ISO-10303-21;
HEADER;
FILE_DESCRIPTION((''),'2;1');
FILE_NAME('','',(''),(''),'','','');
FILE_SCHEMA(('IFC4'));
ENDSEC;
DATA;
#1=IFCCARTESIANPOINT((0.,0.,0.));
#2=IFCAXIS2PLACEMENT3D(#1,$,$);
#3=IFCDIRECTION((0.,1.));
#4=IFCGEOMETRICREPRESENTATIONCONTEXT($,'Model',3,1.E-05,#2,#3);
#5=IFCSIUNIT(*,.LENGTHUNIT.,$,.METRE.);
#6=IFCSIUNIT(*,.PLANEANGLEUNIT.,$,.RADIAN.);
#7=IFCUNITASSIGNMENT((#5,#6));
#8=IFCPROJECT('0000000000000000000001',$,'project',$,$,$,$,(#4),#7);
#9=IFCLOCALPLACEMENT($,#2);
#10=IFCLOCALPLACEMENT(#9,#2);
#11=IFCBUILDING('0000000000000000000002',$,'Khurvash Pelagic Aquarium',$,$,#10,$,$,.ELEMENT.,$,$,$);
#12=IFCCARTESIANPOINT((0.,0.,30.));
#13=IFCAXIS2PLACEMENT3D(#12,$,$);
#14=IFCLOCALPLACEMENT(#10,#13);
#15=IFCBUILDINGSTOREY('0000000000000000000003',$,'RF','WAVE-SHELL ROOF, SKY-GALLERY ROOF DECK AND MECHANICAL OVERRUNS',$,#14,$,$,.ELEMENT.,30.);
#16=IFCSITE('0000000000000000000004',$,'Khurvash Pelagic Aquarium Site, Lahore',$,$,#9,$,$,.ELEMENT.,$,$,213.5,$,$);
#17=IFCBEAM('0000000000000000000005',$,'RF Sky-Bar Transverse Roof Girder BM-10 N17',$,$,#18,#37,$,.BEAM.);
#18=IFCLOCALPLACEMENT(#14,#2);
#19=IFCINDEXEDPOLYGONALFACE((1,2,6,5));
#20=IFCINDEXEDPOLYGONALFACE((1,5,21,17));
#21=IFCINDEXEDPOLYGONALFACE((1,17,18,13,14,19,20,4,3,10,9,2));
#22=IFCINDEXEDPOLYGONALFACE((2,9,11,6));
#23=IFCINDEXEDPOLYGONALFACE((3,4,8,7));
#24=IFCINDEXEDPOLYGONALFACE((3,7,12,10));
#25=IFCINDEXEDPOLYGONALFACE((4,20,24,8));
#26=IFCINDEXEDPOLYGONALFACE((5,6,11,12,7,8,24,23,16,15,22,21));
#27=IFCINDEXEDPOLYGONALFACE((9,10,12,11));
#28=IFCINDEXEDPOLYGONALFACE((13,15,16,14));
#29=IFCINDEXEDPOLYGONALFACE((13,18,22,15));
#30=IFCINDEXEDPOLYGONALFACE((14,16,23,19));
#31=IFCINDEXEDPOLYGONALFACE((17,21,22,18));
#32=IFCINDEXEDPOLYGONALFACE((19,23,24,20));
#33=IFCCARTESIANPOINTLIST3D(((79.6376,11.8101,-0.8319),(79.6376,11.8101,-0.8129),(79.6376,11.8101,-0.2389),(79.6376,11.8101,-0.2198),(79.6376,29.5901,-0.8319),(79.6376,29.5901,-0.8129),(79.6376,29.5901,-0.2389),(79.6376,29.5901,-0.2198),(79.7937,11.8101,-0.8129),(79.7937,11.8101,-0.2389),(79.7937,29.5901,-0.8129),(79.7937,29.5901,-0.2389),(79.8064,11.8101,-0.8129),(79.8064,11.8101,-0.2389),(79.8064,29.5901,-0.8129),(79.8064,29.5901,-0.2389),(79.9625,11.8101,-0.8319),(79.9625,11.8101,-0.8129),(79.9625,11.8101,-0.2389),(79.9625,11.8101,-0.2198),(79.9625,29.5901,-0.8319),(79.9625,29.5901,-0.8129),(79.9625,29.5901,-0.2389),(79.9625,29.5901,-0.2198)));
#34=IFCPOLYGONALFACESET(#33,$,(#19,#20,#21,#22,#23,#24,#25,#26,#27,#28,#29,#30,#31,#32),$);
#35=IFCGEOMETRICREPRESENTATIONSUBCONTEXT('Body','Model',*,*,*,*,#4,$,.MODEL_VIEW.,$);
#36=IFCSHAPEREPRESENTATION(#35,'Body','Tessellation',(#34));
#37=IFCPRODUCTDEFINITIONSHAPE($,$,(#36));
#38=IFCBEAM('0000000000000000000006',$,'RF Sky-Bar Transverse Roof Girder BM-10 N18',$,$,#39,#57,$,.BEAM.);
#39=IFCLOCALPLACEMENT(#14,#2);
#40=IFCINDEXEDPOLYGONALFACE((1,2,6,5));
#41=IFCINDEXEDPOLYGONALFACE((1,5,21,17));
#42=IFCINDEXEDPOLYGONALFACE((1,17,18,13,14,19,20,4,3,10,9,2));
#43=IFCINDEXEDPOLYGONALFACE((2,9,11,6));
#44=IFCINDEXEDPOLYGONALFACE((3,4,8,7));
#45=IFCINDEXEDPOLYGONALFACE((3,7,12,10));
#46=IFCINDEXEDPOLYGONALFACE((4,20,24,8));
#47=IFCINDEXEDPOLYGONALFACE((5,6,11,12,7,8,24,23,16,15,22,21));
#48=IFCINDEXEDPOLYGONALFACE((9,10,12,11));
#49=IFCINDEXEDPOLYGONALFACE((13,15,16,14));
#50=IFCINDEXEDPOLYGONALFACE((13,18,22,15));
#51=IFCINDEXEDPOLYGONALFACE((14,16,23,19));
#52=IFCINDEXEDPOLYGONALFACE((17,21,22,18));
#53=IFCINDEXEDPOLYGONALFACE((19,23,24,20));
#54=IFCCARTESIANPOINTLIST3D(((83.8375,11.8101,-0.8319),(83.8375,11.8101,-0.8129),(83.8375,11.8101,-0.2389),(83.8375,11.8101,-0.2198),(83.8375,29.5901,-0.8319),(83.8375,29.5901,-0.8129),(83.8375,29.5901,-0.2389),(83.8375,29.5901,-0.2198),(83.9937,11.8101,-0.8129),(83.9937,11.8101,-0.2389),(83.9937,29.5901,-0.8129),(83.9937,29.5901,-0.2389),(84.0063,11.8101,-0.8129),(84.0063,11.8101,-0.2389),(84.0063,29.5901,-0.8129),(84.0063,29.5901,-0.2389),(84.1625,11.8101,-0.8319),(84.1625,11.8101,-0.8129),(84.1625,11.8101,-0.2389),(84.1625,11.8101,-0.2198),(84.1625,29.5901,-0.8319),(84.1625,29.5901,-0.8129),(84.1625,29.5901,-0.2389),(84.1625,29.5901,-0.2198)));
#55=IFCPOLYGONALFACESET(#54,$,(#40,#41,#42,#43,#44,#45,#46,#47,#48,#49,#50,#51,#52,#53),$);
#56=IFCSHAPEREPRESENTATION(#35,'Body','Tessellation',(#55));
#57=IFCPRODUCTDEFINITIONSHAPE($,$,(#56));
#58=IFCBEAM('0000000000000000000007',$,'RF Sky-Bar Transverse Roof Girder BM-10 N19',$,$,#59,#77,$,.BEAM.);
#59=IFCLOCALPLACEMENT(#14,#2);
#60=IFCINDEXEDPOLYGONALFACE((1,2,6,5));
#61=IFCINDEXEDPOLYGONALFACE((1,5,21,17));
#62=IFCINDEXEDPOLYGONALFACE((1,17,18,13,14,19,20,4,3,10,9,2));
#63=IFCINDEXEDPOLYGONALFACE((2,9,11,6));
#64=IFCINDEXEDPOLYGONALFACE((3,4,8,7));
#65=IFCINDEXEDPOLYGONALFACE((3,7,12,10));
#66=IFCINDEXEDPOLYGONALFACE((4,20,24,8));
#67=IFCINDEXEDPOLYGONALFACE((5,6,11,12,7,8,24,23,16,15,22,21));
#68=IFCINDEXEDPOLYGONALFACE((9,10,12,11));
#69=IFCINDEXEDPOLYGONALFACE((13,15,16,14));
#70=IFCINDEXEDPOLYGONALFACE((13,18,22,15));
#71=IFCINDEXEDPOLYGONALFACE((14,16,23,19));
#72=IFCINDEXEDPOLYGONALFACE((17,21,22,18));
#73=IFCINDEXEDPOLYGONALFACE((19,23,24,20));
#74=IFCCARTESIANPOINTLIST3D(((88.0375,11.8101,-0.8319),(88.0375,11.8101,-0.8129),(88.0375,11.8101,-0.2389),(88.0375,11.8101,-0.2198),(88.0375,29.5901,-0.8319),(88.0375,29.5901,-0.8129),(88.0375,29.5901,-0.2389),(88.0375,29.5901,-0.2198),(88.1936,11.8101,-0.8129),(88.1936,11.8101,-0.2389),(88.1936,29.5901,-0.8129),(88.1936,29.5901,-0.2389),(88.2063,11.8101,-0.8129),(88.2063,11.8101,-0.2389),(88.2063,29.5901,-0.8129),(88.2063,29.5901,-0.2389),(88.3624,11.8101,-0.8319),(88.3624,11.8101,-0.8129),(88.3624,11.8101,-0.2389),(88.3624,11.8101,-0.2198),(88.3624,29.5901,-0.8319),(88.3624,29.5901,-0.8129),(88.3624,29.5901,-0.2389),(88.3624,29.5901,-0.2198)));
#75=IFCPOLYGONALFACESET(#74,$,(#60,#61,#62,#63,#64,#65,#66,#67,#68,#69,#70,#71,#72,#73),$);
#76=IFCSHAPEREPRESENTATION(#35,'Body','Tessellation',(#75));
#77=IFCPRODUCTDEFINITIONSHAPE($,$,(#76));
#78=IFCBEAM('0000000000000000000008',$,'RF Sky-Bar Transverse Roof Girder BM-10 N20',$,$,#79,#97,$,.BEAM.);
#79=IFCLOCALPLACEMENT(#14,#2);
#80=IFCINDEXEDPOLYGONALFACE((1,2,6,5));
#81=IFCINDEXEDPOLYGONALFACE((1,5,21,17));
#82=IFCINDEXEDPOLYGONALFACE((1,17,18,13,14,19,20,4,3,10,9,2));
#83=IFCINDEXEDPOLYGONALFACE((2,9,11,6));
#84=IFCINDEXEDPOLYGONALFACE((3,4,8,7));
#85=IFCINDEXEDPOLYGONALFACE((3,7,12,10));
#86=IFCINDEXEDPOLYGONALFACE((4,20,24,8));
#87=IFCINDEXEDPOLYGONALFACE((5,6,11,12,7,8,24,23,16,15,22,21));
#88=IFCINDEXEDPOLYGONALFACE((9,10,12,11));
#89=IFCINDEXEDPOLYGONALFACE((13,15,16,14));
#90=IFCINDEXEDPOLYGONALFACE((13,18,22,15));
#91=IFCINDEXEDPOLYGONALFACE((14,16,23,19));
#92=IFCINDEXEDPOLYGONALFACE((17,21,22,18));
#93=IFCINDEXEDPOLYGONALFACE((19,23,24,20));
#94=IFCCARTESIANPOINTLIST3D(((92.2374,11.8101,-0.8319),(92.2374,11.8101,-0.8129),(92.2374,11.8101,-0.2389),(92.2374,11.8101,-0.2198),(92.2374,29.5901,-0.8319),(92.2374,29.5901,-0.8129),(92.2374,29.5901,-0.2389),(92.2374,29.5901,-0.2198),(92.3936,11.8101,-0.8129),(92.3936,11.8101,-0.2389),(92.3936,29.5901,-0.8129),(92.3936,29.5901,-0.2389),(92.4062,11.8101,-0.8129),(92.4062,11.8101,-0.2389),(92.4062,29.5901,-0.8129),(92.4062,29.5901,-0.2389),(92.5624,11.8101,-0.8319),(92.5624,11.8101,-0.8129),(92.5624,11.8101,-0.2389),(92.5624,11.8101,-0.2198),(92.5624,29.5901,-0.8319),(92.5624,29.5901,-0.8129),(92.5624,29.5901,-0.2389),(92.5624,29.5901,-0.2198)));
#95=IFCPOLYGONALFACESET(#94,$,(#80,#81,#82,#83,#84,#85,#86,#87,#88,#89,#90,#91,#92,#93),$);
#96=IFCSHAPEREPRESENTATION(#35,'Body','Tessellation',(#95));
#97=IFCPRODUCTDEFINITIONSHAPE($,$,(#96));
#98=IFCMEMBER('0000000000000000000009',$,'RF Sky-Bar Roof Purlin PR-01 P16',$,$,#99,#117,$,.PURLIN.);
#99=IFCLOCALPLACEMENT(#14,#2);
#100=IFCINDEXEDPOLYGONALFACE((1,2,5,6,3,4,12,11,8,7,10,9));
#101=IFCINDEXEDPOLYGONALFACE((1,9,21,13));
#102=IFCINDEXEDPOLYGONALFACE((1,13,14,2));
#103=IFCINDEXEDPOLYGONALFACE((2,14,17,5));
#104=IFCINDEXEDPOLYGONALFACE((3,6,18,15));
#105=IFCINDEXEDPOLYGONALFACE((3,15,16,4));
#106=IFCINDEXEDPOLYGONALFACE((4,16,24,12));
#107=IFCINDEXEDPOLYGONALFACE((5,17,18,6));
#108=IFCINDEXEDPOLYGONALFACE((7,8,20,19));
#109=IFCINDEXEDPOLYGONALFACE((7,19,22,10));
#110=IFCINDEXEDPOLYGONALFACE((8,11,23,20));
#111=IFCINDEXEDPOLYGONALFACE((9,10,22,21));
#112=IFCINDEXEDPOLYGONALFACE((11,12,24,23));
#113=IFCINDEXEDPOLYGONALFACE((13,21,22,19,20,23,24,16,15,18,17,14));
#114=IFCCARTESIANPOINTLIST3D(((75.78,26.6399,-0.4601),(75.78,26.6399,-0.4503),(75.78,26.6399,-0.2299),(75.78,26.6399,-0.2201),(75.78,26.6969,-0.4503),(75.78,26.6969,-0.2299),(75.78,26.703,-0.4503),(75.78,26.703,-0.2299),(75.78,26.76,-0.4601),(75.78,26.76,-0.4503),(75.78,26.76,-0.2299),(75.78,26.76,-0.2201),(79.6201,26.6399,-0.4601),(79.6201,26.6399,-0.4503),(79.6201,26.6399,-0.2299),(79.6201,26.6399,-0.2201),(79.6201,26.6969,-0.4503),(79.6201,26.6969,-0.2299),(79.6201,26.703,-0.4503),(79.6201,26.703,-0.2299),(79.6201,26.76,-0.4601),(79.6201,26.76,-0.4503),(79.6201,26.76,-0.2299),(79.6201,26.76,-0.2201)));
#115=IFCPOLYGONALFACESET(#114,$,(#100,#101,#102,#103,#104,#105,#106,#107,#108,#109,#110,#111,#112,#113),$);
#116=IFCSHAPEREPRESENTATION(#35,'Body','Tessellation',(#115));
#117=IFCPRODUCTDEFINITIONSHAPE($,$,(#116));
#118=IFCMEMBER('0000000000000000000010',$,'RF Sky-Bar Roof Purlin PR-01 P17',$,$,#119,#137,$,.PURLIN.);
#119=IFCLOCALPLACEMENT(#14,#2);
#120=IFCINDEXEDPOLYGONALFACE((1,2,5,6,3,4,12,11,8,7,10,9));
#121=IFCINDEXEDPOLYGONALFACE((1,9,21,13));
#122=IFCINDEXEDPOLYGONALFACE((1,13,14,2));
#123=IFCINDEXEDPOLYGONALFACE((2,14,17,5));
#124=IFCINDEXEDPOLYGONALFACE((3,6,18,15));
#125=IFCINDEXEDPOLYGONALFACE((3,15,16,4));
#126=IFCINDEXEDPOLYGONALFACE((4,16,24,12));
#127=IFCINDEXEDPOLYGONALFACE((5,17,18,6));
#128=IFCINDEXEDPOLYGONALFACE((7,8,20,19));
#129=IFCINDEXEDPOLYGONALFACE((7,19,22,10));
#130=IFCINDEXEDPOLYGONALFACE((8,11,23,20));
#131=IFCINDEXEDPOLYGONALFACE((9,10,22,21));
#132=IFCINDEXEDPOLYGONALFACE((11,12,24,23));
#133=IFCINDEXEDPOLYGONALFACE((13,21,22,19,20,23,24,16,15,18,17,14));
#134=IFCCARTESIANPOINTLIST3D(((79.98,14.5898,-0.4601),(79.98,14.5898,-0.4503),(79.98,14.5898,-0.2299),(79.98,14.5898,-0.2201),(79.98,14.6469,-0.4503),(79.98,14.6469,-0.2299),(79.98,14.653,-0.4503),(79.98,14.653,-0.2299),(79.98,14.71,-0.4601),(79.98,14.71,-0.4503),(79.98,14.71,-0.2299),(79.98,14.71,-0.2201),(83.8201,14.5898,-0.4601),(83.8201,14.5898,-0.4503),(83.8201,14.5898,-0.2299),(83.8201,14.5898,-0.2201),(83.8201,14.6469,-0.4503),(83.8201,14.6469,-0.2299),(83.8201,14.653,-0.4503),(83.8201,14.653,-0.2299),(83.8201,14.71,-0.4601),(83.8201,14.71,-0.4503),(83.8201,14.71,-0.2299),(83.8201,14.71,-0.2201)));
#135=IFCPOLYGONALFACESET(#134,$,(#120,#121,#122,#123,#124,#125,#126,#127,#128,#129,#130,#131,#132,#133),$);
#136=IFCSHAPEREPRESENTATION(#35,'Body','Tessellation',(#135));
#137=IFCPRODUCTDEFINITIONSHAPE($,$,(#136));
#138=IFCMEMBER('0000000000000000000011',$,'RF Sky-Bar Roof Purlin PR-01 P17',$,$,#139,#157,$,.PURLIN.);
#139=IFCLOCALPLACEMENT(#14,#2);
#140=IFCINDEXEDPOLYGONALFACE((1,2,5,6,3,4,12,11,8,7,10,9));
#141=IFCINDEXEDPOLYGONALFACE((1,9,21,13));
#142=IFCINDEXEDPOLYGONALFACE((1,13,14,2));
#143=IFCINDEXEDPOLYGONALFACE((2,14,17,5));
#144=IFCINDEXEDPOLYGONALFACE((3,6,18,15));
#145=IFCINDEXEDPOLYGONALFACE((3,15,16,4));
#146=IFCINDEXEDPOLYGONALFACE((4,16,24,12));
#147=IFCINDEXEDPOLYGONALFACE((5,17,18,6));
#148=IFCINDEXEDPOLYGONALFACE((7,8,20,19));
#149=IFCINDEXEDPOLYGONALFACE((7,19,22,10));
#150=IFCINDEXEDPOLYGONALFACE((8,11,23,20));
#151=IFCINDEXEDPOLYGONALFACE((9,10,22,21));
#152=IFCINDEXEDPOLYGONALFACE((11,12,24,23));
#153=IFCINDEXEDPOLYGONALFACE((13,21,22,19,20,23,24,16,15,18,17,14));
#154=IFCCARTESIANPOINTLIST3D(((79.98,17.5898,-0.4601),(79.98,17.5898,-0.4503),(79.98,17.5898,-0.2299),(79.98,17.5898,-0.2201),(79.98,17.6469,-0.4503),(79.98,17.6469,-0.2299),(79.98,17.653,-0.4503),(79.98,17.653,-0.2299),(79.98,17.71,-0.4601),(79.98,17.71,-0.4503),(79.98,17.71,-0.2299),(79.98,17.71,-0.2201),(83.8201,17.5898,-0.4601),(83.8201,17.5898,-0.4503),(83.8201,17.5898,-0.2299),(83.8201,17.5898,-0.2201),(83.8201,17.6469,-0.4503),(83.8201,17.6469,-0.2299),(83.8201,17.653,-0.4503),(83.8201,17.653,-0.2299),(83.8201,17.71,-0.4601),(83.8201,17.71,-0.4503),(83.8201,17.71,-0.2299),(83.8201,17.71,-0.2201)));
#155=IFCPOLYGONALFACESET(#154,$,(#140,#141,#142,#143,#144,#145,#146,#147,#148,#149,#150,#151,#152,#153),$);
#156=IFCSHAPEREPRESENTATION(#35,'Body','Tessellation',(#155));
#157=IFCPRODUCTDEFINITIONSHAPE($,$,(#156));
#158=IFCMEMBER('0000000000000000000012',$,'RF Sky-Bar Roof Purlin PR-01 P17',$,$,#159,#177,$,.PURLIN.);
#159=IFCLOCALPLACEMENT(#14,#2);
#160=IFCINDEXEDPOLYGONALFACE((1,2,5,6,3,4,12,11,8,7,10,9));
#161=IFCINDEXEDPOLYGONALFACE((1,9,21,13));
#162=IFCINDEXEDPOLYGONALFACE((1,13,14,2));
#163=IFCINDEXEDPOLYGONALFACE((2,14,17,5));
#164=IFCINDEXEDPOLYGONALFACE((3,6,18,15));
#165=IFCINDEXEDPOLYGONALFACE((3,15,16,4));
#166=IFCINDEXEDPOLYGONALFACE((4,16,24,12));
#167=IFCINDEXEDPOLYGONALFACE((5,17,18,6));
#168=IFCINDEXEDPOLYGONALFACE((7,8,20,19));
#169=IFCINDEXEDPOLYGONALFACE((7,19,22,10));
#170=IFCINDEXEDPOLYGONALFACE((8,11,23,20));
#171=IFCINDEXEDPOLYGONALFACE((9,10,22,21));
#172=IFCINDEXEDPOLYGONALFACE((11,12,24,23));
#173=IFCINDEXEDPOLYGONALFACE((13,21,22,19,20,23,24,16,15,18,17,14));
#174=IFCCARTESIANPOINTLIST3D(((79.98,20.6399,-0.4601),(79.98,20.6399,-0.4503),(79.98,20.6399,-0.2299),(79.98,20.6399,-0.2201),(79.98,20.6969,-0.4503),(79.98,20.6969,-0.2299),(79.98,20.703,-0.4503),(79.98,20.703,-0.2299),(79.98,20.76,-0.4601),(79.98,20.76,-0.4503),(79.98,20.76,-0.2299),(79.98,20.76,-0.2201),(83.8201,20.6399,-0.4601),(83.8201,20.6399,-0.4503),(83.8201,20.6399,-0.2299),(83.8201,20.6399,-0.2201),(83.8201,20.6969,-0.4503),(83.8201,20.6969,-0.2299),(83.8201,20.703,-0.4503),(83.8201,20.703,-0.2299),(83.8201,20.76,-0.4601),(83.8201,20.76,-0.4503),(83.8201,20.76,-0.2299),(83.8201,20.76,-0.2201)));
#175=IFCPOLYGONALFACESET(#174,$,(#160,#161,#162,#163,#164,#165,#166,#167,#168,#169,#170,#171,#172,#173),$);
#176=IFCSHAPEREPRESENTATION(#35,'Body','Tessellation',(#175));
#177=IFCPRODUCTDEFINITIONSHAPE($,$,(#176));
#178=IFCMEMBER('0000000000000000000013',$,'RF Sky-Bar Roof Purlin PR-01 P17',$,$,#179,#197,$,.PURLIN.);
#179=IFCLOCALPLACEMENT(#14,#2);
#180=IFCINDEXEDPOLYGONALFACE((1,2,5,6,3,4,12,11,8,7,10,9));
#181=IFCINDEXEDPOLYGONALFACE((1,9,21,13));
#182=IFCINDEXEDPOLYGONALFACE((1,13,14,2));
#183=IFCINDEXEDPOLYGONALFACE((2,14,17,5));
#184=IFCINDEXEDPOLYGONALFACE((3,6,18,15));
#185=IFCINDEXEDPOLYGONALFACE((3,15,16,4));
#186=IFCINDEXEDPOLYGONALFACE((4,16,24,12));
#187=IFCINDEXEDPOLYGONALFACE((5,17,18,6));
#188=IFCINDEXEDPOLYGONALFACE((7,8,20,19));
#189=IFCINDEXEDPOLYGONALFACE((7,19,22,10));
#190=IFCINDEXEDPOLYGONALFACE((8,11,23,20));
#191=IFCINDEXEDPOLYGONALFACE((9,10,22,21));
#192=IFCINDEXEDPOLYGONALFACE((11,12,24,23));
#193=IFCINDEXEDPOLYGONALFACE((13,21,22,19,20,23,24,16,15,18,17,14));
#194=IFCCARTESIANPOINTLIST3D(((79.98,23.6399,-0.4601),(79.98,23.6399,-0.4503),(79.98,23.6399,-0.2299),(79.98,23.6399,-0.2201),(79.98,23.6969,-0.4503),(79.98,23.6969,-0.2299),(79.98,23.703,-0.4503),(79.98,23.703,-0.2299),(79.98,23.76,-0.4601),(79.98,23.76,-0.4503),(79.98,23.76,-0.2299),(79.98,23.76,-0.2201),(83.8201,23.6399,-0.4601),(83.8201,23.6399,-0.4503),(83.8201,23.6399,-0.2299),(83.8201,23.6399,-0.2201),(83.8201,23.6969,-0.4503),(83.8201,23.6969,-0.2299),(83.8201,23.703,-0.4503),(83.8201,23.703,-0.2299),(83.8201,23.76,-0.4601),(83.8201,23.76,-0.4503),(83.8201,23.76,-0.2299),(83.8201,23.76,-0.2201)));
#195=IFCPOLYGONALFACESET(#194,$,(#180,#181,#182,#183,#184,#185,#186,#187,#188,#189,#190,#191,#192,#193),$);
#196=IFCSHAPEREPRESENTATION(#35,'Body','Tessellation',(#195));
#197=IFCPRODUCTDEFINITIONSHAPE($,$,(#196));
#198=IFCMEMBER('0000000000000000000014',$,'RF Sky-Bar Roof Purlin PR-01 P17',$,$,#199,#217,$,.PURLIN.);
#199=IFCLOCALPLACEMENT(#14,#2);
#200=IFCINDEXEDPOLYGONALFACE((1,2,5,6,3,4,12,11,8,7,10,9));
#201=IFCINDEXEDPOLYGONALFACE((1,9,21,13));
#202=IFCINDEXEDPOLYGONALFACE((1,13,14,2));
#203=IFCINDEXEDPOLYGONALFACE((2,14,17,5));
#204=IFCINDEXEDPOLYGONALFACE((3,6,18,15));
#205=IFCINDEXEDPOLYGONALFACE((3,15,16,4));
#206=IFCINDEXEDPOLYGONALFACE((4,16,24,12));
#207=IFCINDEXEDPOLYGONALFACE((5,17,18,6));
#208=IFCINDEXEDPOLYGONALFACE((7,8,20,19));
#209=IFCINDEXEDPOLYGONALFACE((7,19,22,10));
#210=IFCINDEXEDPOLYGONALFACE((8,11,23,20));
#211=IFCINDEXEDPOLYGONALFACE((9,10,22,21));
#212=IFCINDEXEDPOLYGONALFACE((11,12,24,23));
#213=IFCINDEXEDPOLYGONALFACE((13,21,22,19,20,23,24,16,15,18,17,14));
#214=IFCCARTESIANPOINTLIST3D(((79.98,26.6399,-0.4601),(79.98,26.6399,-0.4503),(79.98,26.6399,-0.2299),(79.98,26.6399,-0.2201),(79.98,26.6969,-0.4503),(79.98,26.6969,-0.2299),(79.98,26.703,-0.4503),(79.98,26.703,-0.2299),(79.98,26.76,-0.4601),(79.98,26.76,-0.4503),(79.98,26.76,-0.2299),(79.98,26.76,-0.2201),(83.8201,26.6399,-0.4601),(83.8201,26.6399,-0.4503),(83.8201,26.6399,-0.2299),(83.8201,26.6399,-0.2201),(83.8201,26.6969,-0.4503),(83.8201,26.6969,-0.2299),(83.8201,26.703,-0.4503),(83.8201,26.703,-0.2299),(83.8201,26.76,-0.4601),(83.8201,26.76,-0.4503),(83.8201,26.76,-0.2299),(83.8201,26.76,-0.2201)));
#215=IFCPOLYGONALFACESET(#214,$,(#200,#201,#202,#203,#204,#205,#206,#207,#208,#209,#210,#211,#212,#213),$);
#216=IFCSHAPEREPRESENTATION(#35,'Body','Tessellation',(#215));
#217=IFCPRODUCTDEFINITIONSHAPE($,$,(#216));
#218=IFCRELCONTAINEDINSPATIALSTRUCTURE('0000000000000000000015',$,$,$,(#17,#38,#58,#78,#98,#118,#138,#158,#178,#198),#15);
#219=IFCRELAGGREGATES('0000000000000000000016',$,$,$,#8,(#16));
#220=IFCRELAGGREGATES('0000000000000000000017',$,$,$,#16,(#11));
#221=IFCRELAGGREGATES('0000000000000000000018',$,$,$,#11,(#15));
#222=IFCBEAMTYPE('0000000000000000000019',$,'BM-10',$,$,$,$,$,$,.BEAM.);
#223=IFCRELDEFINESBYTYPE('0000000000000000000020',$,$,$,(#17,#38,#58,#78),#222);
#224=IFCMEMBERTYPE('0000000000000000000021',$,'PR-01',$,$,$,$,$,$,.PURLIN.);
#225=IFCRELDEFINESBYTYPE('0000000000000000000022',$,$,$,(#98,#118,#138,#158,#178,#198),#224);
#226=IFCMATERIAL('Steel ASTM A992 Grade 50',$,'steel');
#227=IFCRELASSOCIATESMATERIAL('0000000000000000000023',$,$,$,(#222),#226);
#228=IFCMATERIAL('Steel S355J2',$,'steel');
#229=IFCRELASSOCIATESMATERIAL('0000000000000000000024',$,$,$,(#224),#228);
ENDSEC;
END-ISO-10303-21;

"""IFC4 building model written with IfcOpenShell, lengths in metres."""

from ifc_helpers import new_model, si_unit, direction, frame, origin, origin_2d, place, context, subcontext, project, spatial, i_section, extrude, material, material_profile, profile_set, type_object, element, save


model = new_model("IFC4")

# Units and contexts
model_context = context("Model", 3, precision=1e-05, world=origin(), true_north=direction((0.0, 1.0)))
body_context = subcontext(model_context, "Body", "Model", "MODEL_VIEW")
ifc_project = project(units=[si_unit("LENGTHUNIT", "METRE"), si_unit("PLANEANGLEUNIT", "RADIAN")], contexts=[model_context])

# Site, building, storey
site_placement = place(None, origin())
site = spatial("IfcSite", under=ifc_project, at=site_placement, Name="Khurvash Pelagic Aquarium Site, Lahore", CompositionType="ELEMENT", RefElevation=213.5)
building_placement = place(site_placement, origin())
building = spatial("IfcBuilding", under=site, at=building_placement, Name="Khurvash Pelagic Aquarium", CompositionType="ELEMENT")
storey_placement = place(building_placement, frame((0.0, 0.0, 30.0)))
storey = spatial("IfcBuildingStorey", under=building, at=storey_placement, Name="RF", Description="WAVE-SHELL ROOF, SKY-GALLERY ROOF DECK AND MECHANICAL OVERRUNS", CompositionType="ELEMENT", Elevation=30.0)

# Beams
ifc_material_1 = material(Name="Steel ASTM A992 Grade 50", Category="steel")
ifc_material_profile_1 = material_profile(ifc_material_1, i_section(OverallWidth=0.325, OverallDepth=0.6121, WebThickness=0.0127, FlangeThickness=0.019, at=origin_2d()), Name="W24X104")
ifc_profile_set_1 = profile_set([ifc_material_profile_1], Name="Steel ASTM A992 Grade 50")
beam_type = type_object("IfcBeamType", Name="BM-10", PredefinedType="BEAM", material=ifc_profile_set_1)
for number, where, z_axis, x_axis, name in (
    (1, (79.8, 11.8101, -0.5259), (0.0, 1.0, 0.0), (-1.0, 0.0, 0.0), "RF Sky-Bar Transverse Roof Girder BM-10 N17"),
    (2, (84.0, 11.8101, -0.5259), (0.0, 1.0, 0.0), (-1.0, 0.0, 0.0), "RF Sky-Bar Transverse Roof Girder BM-10 N18"),
    (3, (88.2, 11.8101, -0.5259), (0.0, 1.0, 0.0), (-1.0, 0.0, 0.0), "RF Sky-Bar Transverse Roof Girder BM-10 N19"),
    (4, (92.3999, 11.8101, -0.5259), (0.0, 1.0, 0.0), (-1.0, 0.0, 0.0), "RF Sky-Bar Transverse Roof Girder BM-10 N20"),
):
    element("IfcBeam", number, at=place(storey_placement, frame(where, z_axis=z_axis, x_axis=x_axis)), inside=storey, type_object=beam_type, Name=name, PredefinedType="BEAM", context=body_context, shape_type="SweptSolid", body=[
        extrude(i_section(OverallWidth=0.325, OverallDepth=0.6121, WebThickness=0.0127, FlangeThickness=0.019, at=origin_2d()), origin(), (0.0, 0.0, 1.0), 17.78),
    ])

# Members
ifc_material_2 = material(Name="Steel S355J2", Category="steel")
ifc_material_profile_2 = material_profile(ifc_material_2, i_section(OverallWidth=0.1201, OverallDepth=0.24, WebThickness=0.0061, FlangeThickness=0.0098, at=origin_2d()), Name="IPE240")
ifc_profile_set_2 = profile_set([ifc_material_profile_2], Name="Steel S355J2")
member_type = type_object("IfcMemberType", Name="PR-01", PredefinedType="PURLIN", material=ifc_profile_set_2)
for number, where, z_axis, x_axis, name in (
    (5, (75.78, 26.7, -0.3401), (1.0, 0.0, 0.0), (0.0, 1.0, 0.0), "RF Sky-Bar Roof Purlin PR-01 P16"),
    (6, (79.98, 14.6499, -0.3401), (1.0, 0.0, 0.0), (0.0, 1.0, 0.0), "RF Sky-Bar Roof Purlin PR-01 P17"),
    (7, (79.98, 17.6499, -0.3401), (1.0, 0.0, 0.0), (0.0, 1.0, 0.0), "RF Sky-Bar Roof Purlin PR-01 P17"),
    (8, (79.98, 20.7, -0.3401), (1.0, 0.0, 0.0), (0.0, 1.0, 0.0), "RF Sky-Bar Roof Purlin PR-01 P17"),
    (9, (79.98, 23.7, -0.3401), (1.0, 0.0, 0.0), (0.0, 1.0, 0.0), "RF Sky-Bar Roof Purlin PR-01 P17"),
    (10, (79.98, 26.7, -0.3401), (1.0, 0.0, 0.0), (0.0, 1.0, 0.0), "RF Sky-Bar Roof Purlin PR-01 P17"),
):
    element("IfcMember", number, at=place(storey_placement, frame(where, z_axis=z_axis, x_axis=x_axis)), inside=storey, type_object=member_type, Name=name, PredefinedType="PURLIN", context=body_context, shape_type="SweptSolid", body=[
        extrude(i_section(OverallWidth=0.1201, OverallDepth=0.24, WebThickness=0.0061, FlangeThickness=0.0098, at=origin_2d()), origin(), (0.0, 0.0, 1.0), 3.8401),
    ])

save(model, "model.ifc")
